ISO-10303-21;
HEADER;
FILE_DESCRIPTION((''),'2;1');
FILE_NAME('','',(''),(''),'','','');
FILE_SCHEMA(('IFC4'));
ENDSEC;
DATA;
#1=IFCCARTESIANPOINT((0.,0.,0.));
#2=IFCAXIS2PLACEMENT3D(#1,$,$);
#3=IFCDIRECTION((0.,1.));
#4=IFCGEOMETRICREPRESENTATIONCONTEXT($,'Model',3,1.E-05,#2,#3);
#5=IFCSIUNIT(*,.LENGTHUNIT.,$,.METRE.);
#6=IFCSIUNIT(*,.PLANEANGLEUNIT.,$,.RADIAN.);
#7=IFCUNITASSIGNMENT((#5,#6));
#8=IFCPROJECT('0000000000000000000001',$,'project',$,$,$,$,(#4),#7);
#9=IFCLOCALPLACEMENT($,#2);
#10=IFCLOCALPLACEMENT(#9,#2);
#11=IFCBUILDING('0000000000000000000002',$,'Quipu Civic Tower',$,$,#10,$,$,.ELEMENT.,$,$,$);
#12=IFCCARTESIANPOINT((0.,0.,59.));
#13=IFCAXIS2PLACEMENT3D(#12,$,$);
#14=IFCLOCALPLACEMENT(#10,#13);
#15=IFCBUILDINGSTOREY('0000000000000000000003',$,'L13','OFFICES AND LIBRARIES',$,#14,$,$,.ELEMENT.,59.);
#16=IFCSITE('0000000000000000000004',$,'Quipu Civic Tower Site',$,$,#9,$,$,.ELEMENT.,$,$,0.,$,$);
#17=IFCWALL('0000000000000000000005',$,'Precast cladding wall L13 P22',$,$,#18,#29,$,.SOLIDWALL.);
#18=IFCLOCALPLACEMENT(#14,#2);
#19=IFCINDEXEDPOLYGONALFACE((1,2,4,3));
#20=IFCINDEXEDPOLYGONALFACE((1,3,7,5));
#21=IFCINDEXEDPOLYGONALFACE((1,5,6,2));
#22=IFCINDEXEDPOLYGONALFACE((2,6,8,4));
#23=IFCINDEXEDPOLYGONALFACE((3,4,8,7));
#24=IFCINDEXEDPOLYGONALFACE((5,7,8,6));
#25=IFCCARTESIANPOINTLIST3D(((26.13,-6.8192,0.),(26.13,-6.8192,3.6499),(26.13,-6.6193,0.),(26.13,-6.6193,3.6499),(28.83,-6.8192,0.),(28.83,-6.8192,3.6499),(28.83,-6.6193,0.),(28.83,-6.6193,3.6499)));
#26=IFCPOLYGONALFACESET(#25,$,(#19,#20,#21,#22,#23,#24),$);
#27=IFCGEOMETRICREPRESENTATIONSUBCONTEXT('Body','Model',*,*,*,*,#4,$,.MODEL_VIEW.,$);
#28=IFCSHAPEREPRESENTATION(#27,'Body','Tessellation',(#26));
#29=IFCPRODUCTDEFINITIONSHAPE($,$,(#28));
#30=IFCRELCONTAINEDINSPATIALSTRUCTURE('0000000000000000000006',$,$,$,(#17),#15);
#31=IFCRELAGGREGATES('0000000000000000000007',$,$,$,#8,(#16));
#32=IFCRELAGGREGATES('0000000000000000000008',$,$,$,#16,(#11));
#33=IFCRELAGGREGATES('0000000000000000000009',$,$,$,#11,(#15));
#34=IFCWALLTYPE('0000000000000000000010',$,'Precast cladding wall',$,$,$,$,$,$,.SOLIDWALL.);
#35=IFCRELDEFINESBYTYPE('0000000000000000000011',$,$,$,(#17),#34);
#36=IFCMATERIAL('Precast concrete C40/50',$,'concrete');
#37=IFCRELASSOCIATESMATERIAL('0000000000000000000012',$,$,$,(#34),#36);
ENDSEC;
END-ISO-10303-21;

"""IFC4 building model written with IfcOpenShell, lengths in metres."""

from ifc_helpers import new_model, si_unit, direction, frame, frame_2d, origin, place, context, subcontext, project, spatial, rectangle, extrude, material, type_object, element, save


model = new_model("IFC4")

# Units and contexts
model_context = context("Model", 3, precision=1e-05, world=origin(), true_north=direction((0.0, 1.0)))
body_context = subcontext(model_context, "Body", "Model", "MODEL_VIEW")
ifc_project = project(units=[si_unit("LENGTHUNIT", "METRE"), si_unit("PLANEANGLEUNIT", "RADIAN")], contexts=[model_context])

# Site, building, storey
site_placement = place(None, origin())
site = spatial("IfcSite", under=ifc_project, at=site_placement, Name="Quipu Civic Tower Site", CompositionType="ELEMENT", RefElevation=0.0)
building_placement = place(site_placement, origin())
building = spatial("IfcBuilding", under=site, at=building_placement, Name="Quipu Civic Tower", CompositionType="ELEMENT")
storey_placement = place(building_placement, frame((0.0, 0.0, 59.0)))
storey = spatial("IfcBuildingStorey", under=building, at=storey_placement, Name="L13", Description="OFFICES AND LIBRARIES", CompositionType="ELEMENT", Elevation=59.0)

# Wall
ifc_material_1 = material(Name="Precast concrete C40/50", Category="concrete")
wall_type_1 = type_object("IfcWallType", Name="Precast cladding wall", PredefinedType="SOLIDWALL", material=ifc_material_1)
wall_1_placement = place(storey_placement, frame((26.1299, -6.7192, 0.0), z_axis=(0.0, 0.0, 1.0), x_axis=(1.0, 0.0, 0.0)))
element("IfcWall", 1, at=wall_1_placement, inside=storey, type_object=wall_type_1, Name="Precast cladding wall L13 P22", PredefinedType="SOLIDWALL", context=body_context, shape_type="SweptSolid", body=[
    extrude(rectangle(XDim=2.7, YDim=0.2, at=frame_2d((1.3501, 0.0))), origin(), (0.0, 0.0, 1.0), 3.6499),
])

save(model, "model.ifc")
